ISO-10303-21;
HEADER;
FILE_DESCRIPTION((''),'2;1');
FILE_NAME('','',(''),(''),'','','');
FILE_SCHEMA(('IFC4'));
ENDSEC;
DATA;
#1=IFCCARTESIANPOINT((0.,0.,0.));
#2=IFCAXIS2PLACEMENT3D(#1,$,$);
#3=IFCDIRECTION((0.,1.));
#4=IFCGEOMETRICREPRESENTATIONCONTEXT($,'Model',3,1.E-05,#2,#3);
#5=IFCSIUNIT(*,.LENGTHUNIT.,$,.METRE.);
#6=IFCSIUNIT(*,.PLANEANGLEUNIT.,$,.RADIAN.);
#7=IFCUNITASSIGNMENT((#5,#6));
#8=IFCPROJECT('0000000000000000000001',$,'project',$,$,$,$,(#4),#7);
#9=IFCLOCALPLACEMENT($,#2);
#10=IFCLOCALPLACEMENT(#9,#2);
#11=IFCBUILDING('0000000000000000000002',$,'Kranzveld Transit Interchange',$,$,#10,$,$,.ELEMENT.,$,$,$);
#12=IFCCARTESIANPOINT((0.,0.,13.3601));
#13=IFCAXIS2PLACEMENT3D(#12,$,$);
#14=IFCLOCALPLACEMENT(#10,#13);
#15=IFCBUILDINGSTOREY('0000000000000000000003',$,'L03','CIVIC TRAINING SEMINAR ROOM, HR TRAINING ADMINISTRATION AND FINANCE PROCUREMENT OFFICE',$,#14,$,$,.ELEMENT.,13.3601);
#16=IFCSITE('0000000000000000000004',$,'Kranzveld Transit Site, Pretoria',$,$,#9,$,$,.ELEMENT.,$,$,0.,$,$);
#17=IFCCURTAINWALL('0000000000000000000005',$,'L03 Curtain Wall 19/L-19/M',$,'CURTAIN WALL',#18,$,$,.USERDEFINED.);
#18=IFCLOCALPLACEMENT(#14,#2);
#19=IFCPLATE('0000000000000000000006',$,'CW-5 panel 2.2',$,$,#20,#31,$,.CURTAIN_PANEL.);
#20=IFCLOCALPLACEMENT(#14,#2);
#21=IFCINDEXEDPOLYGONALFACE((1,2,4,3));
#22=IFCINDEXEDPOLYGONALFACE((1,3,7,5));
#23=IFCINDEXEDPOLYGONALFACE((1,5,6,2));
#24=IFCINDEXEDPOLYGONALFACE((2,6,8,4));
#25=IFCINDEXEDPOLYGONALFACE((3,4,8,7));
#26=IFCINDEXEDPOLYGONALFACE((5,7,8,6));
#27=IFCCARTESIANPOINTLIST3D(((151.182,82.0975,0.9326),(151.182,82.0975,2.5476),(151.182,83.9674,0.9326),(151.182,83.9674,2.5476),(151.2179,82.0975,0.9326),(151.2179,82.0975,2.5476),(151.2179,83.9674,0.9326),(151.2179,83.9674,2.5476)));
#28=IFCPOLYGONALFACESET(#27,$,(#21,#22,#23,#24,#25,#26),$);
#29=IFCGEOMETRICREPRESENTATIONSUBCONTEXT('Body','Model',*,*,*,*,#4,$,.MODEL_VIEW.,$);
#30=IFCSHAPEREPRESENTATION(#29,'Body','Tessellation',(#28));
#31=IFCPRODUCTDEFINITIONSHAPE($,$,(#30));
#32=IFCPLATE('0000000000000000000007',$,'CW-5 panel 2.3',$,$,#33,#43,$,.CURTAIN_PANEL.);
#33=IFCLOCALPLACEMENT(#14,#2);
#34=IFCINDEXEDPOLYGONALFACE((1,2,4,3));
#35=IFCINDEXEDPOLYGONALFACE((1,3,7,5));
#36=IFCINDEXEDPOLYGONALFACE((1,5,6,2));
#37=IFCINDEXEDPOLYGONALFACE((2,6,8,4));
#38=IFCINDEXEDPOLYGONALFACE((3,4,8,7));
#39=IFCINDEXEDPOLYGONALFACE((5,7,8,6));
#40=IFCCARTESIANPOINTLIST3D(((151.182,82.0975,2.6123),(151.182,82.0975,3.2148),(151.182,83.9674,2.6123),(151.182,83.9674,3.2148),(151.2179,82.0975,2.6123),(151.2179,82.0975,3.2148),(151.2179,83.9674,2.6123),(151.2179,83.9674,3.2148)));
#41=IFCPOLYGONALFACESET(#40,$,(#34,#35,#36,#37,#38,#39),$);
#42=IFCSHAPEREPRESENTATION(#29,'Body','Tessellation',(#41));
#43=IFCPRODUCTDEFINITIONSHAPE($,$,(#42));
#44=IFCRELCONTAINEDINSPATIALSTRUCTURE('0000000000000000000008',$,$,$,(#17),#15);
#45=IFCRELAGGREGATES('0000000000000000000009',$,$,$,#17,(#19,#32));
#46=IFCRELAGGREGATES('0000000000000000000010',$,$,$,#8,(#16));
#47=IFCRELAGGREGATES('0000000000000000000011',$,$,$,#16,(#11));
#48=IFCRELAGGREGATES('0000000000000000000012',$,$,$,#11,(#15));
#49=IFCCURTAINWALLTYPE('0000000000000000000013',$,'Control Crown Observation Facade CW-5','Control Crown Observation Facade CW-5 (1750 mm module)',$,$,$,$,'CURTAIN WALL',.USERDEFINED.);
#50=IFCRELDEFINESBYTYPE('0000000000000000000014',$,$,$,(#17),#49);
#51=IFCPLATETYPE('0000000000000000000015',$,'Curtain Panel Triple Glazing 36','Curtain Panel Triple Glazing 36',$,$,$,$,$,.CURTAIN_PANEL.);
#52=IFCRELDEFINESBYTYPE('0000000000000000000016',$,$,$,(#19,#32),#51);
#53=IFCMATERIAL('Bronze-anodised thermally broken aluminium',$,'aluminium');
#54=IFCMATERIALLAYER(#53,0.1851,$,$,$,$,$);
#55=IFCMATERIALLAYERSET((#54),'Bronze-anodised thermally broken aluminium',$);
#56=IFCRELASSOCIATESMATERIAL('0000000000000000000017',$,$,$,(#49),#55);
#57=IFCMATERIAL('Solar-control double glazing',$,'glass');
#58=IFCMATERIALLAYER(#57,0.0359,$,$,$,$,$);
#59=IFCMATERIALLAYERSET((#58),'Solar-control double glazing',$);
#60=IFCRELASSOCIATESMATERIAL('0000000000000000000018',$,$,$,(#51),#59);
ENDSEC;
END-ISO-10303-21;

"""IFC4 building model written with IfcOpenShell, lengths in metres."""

from ifc_helpers import new_model, si_unit, direction, frame, origin, origin_2d, place, context, subcontext, project, spatial, rectangle, extrude, material, layer, layer_set, type_object, element, aggregate, save


model = new_model("IFC4")

# Units and contexts
model_context = context("Model", 3, precision=1e-05, world=origin(), true_north=direction((0.0, 1.0)))
body_context = subcontext(model_context, "Body", "Model", "MODEL_VIEW")
ifc_project = project(units=[si_unit("LENGTHUNIT", "METRE"), si_unit("PLANEANGLEUNIT", "RADIAN")], contexts=[model_context])

# Site, building, storey
site_placement = place(None, origin())
site = spatial("IfcSite", under=ifc_project, at=site_placement, Name="Kranzveld Transit Site, Pretoria", CompositionType="ELEMENT", RefElevation=0.0)
building_placement = place(site_placement, origin())
building = spatial("IfcBuilding", under=site, at=building_placement, Name="Kranzveld Transit Interchange", CompositionType="ELEMENT")
storey_placement = place(building_placement, frame((0.0, 0.0, 13.3601)))
storey = spatial("IfcBuildingStorey", under=building, at=storey_placement, Name="L03", Description="CIVIC TRAINING SEMINAR ROOM, HR TRAINING ADMINISTRATION AND FINANCE PROCUREMENT OFFICE", CompositionType="ELEMENT", Elevation=13.3601)

# Curtain wall
ifc_material_1 = material(Name="Bronze-anodised thermally broken aluminium", Category="aluminium")
ifc_layer_1 = layer(ifc_material_1, 0.1851)
ifc_layer_set_1 = layer_set([ifc_layer_1], Name="Bronze-anodised thermally broken aluminium")
curtain_wall_type_1 = type_object("IfcCurtainWallType", Name="Control Crown Observation Facade CW-5", Description="Control Crown Observation Facade CW-5 (1750 mm module)", ElementType="CURTAIN WALL", PredefinedType="USERDEFINED", material=ifc_layer_set_1)
curtain_wall_1_placement = place(storey_placement, origin())
curtain_wall_1 = element("IfcCurtainWall", 1, at=curtain_wall_1_placement, inside=storey, type_object=curtain_wall_type_1, Name="L03 Curtain Wall 19/L-19/M", ObjectType="CURTAIN WALL", PredefinedType="USERDEFINED")

# Plates
ifc_material_2 = material(Name="Solar-control double glazing", Category="glass")
ifc_layer_2 = layer(ifc_material_2, 0.0359)
ifc_layer_set_2 = layer_set([ifc_layer_2], Name="Solar-control double glazing")
plate_type_1 = type_object("IfcPlateType", Name="Curtain Panel Triple Glazing 36", Description="Curtain Panel Triple Glazing 36", PredefinedType="CURTAIN_PANEL", material=ifc_layer_set_2)
plate_1_placement = place(storey_placement, frame((151.2, 83.0325, 0.9326), z_axis=(0.0, 0.0, 1.0), x_axis=(0.0, 1.0, 0.0)))
plate_1 = element("IfcPlate", 2, at=plate_1_placement, type_object=plate_type_1, Name="CW-5 panel 2.2", PredefinedType="CURTAIN_PANEL", context=body_context, shape_type="SweptSolid", body=[
    extrude(rectangle(XDim=1.8699, YDim=0.0359, at=origin_2d()), origin(), (0.0, 0.0, 1.0), 1.615),
])
plate_2_placement = place(storey_placement, frame((151.2, 83.0325, 2.6123), z_axis=(0.0, 0.0, 1.0), x_axis=(0.0, 1.0, 0.0)))
plate_2 = element("IfcPlate", 3, at=plate_2_placement, type_object=plate_type_1, Name="CW-5 panel 2.3", PredefinedType="CURTAIN_PANEL", context=body_context, shape_type="SweptSolid", body=[
    extrude(rectangle(XDim=1.8699, YDim=0.0359, at=origin_2d()), origin(), (0.0, 0.0, 1.0), 0.6025),
])
aggregate(curtain_wall_1, [plate_1, plate_2])

save(model, "model.ifc")
